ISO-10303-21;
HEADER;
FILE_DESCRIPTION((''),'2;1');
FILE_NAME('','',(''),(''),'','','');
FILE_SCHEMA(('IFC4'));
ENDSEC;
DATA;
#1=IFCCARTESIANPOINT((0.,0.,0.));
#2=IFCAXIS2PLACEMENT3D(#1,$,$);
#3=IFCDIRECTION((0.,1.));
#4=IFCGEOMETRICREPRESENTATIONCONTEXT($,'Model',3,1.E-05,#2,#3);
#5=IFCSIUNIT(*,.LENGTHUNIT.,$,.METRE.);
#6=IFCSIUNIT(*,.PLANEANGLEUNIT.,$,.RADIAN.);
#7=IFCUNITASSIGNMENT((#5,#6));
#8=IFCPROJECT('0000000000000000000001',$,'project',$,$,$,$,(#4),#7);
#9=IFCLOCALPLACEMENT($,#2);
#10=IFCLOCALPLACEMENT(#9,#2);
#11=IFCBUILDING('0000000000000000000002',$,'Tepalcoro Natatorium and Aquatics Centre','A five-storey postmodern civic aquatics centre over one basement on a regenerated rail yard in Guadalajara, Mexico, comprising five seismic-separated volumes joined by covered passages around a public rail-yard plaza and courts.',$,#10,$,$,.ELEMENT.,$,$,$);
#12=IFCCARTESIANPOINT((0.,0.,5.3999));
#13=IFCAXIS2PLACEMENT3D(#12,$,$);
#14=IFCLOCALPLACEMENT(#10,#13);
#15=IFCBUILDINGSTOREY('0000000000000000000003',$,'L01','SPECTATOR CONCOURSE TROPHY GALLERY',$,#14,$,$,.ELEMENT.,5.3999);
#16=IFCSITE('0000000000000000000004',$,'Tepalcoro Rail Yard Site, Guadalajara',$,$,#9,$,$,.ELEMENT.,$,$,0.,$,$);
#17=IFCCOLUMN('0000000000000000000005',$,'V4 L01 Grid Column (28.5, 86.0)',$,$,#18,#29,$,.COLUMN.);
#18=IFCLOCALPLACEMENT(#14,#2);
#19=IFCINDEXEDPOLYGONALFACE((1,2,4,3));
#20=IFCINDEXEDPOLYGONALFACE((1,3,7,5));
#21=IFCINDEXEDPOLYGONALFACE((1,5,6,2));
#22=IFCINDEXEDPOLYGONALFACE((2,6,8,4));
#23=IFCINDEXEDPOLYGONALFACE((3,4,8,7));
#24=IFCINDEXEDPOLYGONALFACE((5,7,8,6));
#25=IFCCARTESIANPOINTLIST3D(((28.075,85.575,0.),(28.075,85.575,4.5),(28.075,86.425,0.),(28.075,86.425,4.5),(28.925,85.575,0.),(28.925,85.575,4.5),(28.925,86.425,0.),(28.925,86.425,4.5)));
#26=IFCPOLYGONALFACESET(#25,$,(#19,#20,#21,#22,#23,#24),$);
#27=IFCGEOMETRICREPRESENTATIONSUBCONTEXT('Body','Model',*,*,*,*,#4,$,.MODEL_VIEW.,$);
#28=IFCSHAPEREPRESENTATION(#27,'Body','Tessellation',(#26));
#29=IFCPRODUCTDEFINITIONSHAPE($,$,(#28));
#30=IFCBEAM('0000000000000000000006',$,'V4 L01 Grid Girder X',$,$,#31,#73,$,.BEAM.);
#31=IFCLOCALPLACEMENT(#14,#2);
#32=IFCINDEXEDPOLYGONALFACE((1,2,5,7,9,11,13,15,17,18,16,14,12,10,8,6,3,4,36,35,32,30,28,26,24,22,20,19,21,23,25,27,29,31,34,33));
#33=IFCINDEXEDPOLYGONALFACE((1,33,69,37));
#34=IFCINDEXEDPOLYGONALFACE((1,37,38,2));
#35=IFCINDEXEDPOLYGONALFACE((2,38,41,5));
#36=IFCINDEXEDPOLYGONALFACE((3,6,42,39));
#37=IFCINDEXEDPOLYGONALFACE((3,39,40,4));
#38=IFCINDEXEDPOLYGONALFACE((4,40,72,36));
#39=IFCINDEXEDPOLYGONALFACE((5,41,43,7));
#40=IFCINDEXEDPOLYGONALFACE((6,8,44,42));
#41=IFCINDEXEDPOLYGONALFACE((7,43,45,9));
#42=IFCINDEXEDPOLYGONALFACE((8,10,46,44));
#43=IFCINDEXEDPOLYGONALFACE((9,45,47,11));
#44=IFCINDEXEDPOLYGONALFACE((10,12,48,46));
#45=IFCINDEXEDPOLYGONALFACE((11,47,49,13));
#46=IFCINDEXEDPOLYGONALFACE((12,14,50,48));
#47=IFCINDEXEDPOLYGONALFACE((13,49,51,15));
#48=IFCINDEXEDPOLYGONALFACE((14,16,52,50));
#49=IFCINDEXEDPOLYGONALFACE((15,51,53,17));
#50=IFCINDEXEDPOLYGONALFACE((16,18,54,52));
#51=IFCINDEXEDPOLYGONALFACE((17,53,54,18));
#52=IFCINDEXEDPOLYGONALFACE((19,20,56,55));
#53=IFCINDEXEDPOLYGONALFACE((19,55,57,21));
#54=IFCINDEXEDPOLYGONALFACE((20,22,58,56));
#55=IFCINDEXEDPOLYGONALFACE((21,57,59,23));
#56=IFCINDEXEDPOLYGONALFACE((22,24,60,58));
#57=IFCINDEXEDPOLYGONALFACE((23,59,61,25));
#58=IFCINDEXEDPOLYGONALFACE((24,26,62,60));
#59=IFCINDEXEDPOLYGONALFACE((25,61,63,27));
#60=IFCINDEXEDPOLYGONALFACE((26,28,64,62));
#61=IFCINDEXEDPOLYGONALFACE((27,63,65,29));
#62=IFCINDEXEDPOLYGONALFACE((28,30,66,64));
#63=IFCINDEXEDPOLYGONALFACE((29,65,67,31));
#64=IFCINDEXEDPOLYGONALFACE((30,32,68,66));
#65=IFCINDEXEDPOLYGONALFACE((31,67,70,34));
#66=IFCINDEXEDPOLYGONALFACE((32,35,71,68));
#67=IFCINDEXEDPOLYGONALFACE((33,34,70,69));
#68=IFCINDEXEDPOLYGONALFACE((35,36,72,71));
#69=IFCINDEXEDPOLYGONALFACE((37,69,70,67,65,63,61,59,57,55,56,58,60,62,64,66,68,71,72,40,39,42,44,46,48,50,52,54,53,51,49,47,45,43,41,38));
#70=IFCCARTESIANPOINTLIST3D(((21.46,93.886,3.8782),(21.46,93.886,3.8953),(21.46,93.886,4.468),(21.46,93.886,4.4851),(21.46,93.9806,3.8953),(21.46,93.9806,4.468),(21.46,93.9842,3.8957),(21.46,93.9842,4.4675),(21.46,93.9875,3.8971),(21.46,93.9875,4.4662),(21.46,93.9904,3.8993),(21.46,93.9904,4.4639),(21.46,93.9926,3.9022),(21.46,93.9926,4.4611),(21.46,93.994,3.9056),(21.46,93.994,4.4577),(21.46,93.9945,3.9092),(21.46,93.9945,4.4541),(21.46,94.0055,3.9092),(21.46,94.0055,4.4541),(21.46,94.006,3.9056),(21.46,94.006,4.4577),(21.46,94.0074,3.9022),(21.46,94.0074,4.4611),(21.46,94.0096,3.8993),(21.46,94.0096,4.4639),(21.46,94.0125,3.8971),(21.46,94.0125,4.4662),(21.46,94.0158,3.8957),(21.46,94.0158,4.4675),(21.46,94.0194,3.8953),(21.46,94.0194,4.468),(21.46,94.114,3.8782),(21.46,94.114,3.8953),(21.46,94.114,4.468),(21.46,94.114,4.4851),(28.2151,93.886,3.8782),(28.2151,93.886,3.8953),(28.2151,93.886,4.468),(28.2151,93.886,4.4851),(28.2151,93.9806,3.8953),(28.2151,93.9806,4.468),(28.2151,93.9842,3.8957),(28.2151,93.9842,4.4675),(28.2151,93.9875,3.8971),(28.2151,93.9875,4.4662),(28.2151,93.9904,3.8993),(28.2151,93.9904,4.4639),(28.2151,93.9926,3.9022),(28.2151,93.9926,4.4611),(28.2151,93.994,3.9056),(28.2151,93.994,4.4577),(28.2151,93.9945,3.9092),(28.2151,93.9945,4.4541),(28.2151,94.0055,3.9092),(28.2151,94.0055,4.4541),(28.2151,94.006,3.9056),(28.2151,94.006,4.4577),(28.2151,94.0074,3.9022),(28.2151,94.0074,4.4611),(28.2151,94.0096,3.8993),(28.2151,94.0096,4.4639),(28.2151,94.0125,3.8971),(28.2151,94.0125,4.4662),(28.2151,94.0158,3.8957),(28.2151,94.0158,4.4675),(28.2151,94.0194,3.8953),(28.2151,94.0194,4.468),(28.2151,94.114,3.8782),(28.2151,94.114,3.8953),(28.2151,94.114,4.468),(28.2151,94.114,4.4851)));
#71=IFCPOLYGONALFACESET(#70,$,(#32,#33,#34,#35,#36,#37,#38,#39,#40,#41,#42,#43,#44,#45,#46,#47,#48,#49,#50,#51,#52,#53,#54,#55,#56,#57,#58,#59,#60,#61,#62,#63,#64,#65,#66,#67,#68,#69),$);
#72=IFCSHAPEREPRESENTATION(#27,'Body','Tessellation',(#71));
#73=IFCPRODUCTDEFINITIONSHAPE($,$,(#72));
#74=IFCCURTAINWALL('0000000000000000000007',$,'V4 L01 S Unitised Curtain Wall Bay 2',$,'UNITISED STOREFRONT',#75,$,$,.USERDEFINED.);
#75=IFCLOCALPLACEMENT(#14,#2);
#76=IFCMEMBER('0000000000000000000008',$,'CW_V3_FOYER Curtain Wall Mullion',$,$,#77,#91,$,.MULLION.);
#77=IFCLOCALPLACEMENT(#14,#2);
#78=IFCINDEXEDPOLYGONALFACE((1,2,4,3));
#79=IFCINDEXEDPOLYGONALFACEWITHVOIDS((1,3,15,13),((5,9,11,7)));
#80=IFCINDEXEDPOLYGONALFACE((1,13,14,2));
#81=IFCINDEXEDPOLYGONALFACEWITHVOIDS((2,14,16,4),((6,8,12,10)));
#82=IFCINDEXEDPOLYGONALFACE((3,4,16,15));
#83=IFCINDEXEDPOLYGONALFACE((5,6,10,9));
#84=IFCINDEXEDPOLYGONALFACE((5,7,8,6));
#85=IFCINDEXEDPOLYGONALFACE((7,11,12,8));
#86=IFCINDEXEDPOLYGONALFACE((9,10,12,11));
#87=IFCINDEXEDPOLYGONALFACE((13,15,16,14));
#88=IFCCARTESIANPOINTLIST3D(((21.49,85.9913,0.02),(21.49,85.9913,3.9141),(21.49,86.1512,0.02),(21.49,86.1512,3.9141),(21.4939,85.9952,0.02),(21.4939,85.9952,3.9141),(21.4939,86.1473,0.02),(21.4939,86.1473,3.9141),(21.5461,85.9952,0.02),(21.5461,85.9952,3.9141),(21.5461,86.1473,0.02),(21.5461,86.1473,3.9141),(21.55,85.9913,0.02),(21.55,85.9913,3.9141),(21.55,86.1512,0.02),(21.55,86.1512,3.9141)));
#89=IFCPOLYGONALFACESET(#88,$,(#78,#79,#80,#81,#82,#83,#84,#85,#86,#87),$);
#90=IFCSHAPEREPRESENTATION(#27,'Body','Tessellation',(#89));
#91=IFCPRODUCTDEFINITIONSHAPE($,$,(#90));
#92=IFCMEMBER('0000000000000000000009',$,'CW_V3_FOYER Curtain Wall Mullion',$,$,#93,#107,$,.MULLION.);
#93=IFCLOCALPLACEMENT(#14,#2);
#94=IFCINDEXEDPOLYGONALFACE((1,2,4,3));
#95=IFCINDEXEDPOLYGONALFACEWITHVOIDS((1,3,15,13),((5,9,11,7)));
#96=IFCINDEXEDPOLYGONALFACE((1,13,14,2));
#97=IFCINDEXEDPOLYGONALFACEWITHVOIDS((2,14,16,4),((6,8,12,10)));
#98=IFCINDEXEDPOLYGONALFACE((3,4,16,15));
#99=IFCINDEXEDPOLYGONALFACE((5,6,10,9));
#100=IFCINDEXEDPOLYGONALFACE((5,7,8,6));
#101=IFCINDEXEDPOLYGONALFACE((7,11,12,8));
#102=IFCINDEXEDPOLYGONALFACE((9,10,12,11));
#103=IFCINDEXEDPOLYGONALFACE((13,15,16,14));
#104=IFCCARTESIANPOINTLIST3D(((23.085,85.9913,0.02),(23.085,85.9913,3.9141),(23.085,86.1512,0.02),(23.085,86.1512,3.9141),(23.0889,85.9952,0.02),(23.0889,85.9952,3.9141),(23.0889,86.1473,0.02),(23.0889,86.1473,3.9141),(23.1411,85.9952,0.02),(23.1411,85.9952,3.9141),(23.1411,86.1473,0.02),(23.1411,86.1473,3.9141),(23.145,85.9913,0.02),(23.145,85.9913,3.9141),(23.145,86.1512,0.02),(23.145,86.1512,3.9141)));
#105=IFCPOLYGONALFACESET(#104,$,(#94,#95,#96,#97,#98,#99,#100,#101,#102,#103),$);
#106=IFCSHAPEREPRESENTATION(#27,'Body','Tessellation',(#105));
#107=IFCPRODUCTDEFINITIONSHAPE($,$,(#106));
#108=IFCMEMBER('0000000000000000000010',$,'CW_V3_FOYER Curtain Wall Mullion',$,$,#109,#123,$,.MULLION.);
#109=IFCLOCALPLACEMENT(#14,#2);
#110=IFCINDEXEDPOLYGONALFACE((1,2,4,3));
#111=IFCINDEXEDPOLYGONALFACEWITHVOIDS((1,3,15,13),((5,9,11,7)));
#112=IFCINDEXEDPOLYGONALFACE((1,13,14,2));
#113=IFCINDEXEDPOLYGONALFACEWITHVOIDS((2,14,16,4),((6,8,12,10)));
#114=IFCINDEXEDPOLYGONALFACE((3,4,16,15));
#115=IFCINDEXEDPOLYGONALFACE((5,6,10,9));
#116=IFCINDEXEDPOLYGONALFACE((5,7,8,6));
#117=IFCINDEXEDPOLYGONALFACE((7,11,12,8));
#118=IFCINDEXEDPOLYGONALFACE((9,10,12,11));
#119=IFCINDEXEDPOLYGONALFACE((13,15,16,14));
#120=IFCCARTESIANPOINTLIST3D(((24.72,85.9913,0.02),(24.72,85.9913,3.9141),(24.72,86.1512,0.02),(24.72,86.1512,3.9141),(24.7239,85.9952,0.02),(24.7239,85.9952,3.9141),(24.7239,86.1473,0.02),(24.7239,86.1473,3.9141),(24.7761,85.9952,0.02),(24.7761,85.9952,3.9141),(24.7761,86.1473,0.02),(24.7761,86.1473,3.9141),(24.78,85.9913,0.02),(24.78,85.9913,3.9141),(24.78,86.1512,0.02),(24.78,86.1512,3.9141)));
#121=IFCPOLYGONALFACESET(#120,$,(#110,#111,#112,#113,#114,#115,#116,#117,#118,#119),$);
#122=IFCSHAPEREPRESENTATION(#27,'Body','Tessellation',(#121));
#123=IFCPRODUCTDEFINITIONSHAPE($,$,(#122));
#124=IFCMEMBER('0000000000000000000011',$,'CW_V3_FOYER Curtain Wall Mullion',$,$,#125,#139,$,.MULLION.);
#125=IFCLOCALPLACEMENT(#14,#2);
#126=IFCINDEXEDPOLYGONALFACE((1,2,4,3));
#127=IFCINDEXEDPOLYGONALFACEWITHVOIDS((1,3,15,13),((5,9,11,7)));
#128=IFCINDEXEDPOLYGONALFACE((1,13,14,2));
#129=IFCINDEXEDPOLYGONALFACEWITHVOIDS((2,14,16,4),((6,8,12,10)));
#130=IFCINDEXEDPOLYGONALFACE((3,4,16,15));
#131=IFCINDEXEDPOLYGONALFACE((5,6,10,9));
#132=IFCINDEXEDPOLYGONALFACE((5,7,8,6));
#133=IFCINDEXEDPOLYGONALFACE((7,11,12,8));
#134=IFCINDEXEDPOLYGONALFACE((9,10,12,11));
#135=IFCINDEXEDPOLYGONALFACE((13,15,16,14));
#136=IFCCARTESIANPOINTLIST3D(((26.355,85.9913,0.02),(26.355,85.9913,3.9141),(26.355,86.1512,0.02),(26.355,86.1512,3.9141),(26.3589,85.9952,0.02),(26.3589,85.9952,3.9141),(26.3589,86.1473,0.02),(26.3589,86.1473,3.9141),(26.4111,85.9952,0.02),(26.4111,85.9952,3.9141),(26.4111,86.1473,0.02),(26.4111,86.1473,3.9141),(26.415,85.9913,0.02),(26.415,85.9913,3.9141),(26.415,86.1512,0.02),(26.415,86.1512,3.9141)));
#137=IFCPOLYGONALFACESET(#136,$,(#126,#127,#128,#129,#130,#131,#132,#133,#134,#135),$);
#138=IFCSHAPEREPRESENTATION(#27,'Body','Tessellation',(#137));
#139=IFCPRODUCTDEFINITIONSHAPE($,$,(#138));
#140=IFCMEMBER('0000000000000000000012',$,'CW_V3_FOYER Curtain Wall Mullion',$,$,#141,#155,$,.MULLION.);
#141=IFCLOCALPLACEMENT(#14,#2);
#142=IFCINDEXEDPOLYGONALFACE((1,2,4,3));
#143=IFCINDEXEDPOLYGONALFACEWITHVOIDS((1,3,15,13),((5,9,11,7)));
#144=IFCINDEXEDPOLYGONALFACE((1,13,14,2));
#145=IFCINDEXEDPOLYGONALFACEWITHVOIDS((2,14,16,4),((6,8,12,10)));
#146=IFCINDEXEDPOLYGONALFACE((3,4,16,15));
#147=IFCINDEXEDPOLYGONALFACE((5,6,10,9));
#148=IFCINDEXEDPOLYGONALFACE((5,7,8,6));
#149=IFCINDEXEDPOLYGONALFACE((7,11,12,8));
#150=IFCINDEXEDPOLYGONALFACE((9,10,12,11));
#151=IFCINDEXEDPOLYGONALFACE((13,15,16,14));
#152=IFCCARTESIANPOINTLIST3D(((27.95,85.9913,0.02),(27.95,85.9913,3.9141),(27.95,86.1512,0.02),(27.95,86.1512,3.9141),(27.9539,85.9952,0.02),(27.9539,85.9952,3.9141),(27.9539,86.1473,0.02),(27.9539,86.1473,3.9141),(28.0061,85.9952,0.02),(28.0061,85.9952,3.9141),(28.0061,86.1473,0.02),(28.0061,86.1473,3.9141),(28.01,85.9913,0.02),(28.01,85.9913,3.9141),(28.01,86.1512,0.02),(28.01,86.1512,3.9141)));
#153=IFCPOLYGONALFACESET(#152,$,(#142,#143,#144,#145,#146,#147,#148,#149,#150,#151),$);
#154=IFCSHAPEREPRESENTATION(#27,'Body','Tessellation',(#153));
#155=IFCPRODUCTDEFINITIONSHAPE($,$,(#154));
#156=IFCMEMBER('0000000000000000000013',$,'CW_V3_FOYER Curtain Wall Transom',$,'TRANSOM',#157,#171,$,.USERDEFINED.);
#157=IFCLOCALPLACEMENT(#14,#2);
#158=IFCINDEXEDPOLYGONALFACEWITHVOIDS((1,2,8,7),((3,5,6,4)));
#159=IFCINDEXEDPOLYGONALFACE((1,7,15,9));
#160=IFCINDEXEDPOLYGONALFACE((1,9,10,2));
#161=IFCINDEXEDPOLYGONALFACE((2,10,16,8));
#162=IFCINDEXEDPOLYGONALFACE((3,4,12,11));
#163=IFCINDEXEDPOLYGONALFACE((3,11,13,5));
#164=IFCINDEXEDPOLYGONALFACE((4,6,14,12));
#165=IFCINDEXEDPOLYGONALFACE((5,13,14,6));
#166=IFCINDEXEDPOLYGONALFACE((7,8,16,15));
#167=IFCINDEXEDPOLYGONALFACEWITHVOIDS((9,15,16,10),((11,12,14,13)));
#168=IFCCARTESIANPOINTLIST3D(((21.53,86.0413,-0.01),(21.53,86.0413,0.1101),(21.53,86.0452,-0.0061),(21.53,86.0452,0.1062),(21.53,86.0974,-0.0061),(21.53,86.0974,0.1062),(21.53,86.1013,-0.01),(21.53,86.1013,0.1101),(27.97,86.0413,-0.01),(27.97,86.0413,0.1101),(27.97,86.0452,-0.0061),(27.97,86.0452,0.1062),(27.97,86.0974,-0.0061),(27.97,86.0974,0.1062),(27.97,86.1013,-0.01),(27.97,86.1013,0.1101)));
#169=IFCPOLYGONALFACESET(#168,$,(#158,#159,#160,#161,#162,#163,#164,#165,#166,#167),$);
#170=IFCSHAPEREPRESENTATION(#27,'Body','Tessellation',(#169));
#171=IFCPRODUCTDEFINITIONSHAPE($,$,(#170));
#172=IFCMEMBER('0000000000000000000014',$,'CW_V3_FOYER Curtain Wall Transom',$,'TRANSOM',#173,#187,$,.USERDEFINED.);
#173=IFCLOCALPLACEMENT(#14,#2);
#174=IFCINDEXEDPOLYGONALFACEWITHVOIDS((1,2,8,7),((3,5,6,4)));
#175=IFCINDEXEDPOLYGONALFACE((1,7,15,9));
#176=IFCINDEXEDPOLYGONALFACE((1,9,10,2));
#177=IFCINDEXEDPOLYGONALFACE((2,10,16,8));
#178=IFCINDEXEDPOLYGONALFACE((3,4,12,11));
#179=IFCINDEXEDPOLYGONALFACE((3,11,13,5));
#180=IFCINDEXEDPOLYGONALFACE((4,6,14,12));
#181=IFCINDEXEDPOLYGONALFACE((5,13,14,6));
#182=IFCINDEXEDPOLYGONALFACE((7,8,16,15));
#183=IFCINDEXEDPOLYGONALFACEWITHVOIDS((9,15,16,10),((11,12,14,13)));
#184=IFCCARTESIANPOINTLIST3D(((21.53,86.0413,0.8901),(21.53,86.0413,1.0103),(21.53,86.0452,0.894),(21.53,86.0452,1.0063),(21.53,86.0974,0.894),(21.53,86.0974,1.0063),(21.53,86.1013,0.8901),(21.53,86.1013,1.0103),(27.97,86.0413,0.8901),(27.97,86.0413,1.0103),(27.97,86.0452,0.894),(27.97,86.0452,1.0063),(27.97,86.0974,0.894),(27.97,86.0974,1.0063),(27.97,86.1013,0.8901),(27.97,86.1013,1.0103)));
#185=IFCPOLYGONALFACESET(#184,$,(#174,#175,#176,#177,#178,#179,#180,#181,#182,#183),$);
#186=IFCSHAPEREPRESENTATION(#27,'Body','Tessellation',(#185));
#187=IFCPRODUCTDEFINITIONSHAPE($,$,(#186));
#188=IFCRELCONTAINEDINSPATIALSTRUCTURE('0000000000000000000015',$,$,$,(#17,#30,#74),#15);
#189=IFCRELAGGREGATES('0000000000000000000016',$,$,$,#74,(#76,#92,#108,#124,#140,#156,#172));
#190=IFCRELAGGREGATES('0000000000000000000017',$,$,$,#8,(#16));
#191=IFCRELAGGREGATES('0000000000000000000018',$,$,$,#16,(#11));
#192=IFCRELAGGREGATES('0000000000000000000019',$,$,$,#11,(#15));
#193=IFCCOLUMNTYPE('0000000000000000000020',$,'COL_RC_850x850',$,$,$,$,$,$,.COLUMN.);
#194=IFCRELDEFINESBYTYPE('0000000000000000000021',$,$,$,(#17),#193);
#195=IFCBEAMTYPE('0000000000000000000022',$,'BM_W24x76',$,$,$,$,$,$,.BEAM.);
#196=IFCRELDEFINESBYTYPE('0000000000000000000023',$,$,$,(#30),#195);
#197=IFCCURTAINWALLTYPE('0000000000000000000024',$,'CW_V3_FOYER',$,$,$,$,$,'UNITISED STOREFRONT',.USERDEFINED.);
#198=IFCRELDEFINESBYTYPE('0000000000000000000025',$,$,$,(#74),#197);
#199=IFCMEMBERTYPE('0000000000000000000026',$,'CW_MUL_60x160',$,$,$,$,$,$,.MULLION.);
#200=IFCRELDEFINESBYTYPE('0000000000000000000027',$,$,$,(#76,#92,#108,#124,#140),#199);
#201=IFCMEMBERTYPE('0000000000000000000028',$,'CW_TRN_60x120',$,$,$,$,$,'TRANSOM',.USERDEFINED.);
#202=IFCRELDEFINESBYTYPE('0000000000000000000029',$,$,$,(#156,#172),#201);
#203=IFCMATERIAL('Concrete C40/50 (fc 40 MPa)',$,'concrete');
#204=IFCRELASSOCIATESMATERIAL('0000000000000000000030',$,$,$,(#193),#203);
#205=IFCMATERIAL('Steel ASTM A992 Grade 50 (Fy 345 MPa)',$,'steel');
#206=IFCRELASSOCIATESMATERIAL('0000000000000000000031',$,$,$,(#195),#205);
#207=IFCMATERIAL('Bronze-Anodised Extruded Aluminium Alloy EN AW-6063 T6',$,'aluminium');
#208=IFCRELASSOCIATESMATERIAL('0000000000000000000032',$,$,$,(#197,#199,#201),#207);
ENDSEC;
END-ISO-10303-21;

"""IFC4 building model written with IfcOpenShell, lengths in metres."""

from ifc_helpers import new_model, si_unit, direction, frame, origin, origin_2d, place, context, subcontext, project, spatial, rectangle, hollow_rectangle, i_section, extrude, material, material_profile, profile_set, type_object, element, aggregate, save


model = new_model("IFC4")

# Units and contexts
model_context = context("Model", 3, precision=1e-05, world=origin(), true_north=direction((0.0, 1.0)))
body_context = subcontext(model_context, "Body", "Model", "MODEL_VIEW")
ifc_project = project(units=[si_unit("LENGTHUNIT", "METRE"), si_unit("PLANEANGLEUNIT", "RADIAN")], contexts=[model_context])

# Site, building, storey
site_placement = place(None, origin())
site = spatial("IfcSite", under=ifc_project, at=site_placement, Name="Tepalcoro Rail Yard Site, Guadalajara", CompositionType="ELEMENT", RefElevation=0.0)
building_placement = place(site_placement, origin())
building = spatial("IfcBuilding", under=site, at=building_placement, Name="Tepalcoro Natatorium and Aquatics Centre", Description="A five-storey postmodern civic aquatics centre over one basement on a regenerated rail yard in Guadalajara, Mexico, comprising five seismic-separated volumes joined by covered passages around a public rail-yard plaza and courts.", CompositionType="ELEMENT")
storey_placement = place(building_placement, frame((0.0, 0.0, 5.3999)))
storey = spatial("IfcBuildingStorey", under=building, at=storey_placement, Name="L01", Description="SPECTATOR CONCOURSE TROPHY GALLERY", CompositionType="ELEMENT", Elevation=5.3999)

# Column
ifc_material_1 = material(Name="Concrete C40/50 (fc 40 MPa)", Category="concrete")
ifc_material_profile_1 = material_profile(ifc_material_1, rectangle(XDim=0.8501, YDim=0.8501, at=origin_2d()), Name="RC850x850")
ifc_profile_set_1 = profile_set([ifc_material_profile_1], Name="Concrete C40/50 (fc 40 MPa)")
column_type = type_object("IfcColumnType", Name="COL_RC_850x850", PredefinedType="COLUMN", material=ifc_profile_set_1)
column_placement = place(storey_placement, frame((28.5, 86.0, 0.0), z_axis=(0.0, 0.0, 1.0), x_axis=(1.0, 0.0, 0.0)))
element("IfcColumn", 1, at=column_placement, inside=storey, type_object=column_type, Name="V4 L01 Grid Column (28.5, 86.0)", PredefinedType="COLUMN", context=body_context, shape_type="SweptSolid", body=[
    extrude(rectangle(XDim=0.8501, YDim=0.8501, at=origin_2d()), origin(), (0.0, 0.0, 1.0), 4.5),
])

# Beam
ifc_material_2 = material(Name="Steel ASTM A992 Grade 50 (Fy 345 MPa)", Category="steel")
ifc_material_profile_2 = material_profile(ifc_material_2, i_section(OverallWidth=0.228, OverallDepth=0.6069, WebThickness=0.011, FlangeThickness=0.0171, FilletRadius=0.0139, at=origin_2d()), Name="W24X76")
ifc_profile_set_2 = profile_set([ifc_material_profile_2], Name="Steel ASTM A992 Grade 50 (Fy 345 MPa)")
beam_type_1 = type_object("IfcBeamType", Name="BM_W24x76", PredefinedType="BEAM", material=ifc_profile_set_2)
beam_1_placement = place(storey_placement, frame((21.46, 94.0, 4.1816), z_axis=(1.0, 0.0, 0.0), x_axis=(0.0, 1.0, 0.0)))
element("IfcBeam", 2, at=beam_1_placement, inside=storey, type_object=beam_type_1, Name="V4 L01 Grid Girder X", PredefinedType="BEAM", context=body_context, shape_type="SweptSolid", body=[
    extrude(i_section(OverallWidth=0.228, OverallDepth=0.6069, WebThickness=0.011, FlangeThickness=0.0171, FilletRadius=0.0139, at=origin_2d()), origin(), (0.0, 0.0, 1.0), 6.7551),
])

# Curtain wall, members
ifc_material_3 = material(Name="Bronze-Anodised Extruded Aluminium Alloy EN AW-6063 T6", Category="aluminium")
curtain_wall_type = type_object("IfcCurtainWallType", Name="CW_V3_FOYER", ElementType="UNITISED STOREFRONT", PredefinedType="USERDEFINED", material=ifc_material_3)
curtain_wall_placement = place(storey_placement, origin())
curtain_wall = element("IfcCurtainWall", 3, at=curtain_wall_placement, inside=storey, type_object=curtain_wall_type, Name="V4 L01 S Unitised Curtain Wall Bay 2", ObjectType="UNITISED STOREFRONT", PredefinedType="USERDEFINED")
ifc_material_profile_3 = material_profile(ifc_material_3, hollow_rectangle(XDim=0.0601, YDim=0.1599, WallThickness=0.0039, at=origin_2d()), Name="AL60X160X4")
ifc_profile_set_3 = profile_set([ifc_material_profile_3], Name="Bronze-Anodised Extruded Aluminium Alloy EN AW-6063 T6")
member_type_1 = type_object("IfcMemberType", Name="CW_MUL_60x160", PredefinedType="MULLION", material=ifc_profile_set_3)
member_1_placement = place(storey_placement, frame((21.52, 86.0713, 0.02), z_axis=(0.0, 0.0, 1.0), x_axis=(1.0, 0.0, 0.0)))
member_1 = element("IfcMember", 4, at=member_1_placement, type_object=member_type_1, Name="CW_V3_FOYER Curtain Wall Mullion", PredefinedType="MULLION", context=body_context, shape_type="SweptSolid", body=[
    extrude(hollow_rectangle(XDim=0.0601, YDim=0.1599, WallThickness=0.0039, at=origin_2d()), origin(), (0.0, 0.0, 1.0), 3.894),
])
member_2_placement = place(storey_placement, frame((23.115, 86.0713, 0.02), z_axis=(0.0, 0.0, 1.0), x_axis=(1.0, 0.0, 0.0)))
member_2 = element("IfcMember", 5, at=member_2_placement, type_object=member_type_1, Name="CW_V3_FOYER Curtain Wall Mullion", PredefinedType="MULLION", context=body_context, shape_type="SweptSolid", body=[
    extrude(hollow_rectangle(XDim=0.0601, YDim=0.1599, WallThickness=0.0039, at=origin_2d()), origin(), (0.0, 0.0, 1.0), 3.894),
])
member_3_placement = place(storey_placement, frame((24.75, 86.0713, 0.02), z_axis=(0.0, 0.0, 1.0), x_axis=(1.0, 0.0, 0.0)))
member_3 = element("IfcMember", 6, at=member_3_placement, type_object=member_type_1, Name="CW_V3_FOYER Curtain Wall Mullion", PredefinedType="MULLION", context=body_context, shape_type="SweptSolid", body=[
    extrude(hollow_rectangle(XDim=0.0601, YDim=0.1599, WallThickness=0.0039, at=origin_2d()), origin(), (0.0, 0.0, 1.0), 3.894),
])
member_4_placement = place(storey_placement, frame((26.385, 86.0713, 0.02), z_axis=(0.0, 0.0, 1.0), x_axis=(1.0, 0.0, 0.0)))
member_4 = element("IfcMember", 7, at=member_4_placement, type_object=member_type_1, Name="CW_V3_FOYER Curtain Wall Mullion", PredefinedType="MULLION", context=body_context, shape_type="SweptSolid", body=[
    extrude(hollow_rectangle(XDim=0.0601, YDim=0.1599, WallThickness=0.0039, at=origin_2d()), origin(), (0.0, 0.0, 1.0), 3.894),
])
member_5_placement = place(storey_placement, frame((27.98, 86.0713, 0.02), z_axis=(0.0, 0.0, 1.0), x_axis=(1.0, 0.0, 0.0)))
member_5 = element("IfcMember", 8, at=member_5_placement, type_object=member_type_1, Name="CW_V3_FOYER Curtain Wall Mullion", PredefinedType="MULLION", context=body_context, shape_type="SweptSolid", body=[
    extrude(hollow_rectangle(XDim=0.0601, YDim=0.1599, WallThickness=0.0039, at=origin_2d()), origin(), (0.0, 0.0, 1.0), 3.894),
])
ifc_material_profile_4 = material_profile(ifc_material_3, hollow_rectangle(XDim=0.0601, YDim=0.1201, WallThickness=0.0039, at=origin_2d()), Name="AL60X120X4")
ifc_profile_set_4 = profile_set([ifc_material_profile_4], Name="Bronze-Anodised Extruded Aluminium Alloy EN AW-6063 T6")
member_type_2 = type_object("IfcMemberType", Name="CW_TRN_60x120", ElementType="TRANSOM", PredefinedType="USERDEFINED", material=ifc_profile_set_4)
member_6_placement = place(storey_placement, frame((21.53, 86.0713, 0.05), z_axis=(1.0, 0.0, 0.0), x_axis=(0.0, 1.0, 0.0)))
member_6 = element("IfcMember", 9, at=member_6_placement, type_object=member_type_2, Name="CW_V3_FOYER Curtain Wall Transom", ObjectType="TRANSOM", PredefinedType="USERDEFINED", context=body_context, shape_type="SweptSolid", body=[
    extrude(hollow_rectangle(XDim=0.0601, YDim=0.1201, WallThickness=0.0039, at=origin_2d()), origin(), (0.0, 0.0, 1.0), 6.4399),
])
member_7_placement = place(storey_placement, frame((21.53, 86.0713, 0.9502), z_axis=(1.0, 0.0, 0.0), x_axis=(0.0, 1.0, 0.0)))
member_7 = element("IfcMember", 10, at=member_7_placement, type_object=member_type_2, Name="CW_V3_FOYER Curtain Wall Transom", ObjectType="TRANSOM", PredefinedType="USERDEFINED", context=body_context, shape_type="SweptSolid", body=[
    extrude(hollow_rectangle(XDim=0.0601, YDim=0.1201, WallThickness=0.0039, at=origin_2d()), origin(), (0.0, 0.0, 1.0), 6.4399),
])

aggregate(curtain_wall, [member_1, member_2, member_3, member_4, member_5, member_6, member_7])

save(model, "model.ifc")
